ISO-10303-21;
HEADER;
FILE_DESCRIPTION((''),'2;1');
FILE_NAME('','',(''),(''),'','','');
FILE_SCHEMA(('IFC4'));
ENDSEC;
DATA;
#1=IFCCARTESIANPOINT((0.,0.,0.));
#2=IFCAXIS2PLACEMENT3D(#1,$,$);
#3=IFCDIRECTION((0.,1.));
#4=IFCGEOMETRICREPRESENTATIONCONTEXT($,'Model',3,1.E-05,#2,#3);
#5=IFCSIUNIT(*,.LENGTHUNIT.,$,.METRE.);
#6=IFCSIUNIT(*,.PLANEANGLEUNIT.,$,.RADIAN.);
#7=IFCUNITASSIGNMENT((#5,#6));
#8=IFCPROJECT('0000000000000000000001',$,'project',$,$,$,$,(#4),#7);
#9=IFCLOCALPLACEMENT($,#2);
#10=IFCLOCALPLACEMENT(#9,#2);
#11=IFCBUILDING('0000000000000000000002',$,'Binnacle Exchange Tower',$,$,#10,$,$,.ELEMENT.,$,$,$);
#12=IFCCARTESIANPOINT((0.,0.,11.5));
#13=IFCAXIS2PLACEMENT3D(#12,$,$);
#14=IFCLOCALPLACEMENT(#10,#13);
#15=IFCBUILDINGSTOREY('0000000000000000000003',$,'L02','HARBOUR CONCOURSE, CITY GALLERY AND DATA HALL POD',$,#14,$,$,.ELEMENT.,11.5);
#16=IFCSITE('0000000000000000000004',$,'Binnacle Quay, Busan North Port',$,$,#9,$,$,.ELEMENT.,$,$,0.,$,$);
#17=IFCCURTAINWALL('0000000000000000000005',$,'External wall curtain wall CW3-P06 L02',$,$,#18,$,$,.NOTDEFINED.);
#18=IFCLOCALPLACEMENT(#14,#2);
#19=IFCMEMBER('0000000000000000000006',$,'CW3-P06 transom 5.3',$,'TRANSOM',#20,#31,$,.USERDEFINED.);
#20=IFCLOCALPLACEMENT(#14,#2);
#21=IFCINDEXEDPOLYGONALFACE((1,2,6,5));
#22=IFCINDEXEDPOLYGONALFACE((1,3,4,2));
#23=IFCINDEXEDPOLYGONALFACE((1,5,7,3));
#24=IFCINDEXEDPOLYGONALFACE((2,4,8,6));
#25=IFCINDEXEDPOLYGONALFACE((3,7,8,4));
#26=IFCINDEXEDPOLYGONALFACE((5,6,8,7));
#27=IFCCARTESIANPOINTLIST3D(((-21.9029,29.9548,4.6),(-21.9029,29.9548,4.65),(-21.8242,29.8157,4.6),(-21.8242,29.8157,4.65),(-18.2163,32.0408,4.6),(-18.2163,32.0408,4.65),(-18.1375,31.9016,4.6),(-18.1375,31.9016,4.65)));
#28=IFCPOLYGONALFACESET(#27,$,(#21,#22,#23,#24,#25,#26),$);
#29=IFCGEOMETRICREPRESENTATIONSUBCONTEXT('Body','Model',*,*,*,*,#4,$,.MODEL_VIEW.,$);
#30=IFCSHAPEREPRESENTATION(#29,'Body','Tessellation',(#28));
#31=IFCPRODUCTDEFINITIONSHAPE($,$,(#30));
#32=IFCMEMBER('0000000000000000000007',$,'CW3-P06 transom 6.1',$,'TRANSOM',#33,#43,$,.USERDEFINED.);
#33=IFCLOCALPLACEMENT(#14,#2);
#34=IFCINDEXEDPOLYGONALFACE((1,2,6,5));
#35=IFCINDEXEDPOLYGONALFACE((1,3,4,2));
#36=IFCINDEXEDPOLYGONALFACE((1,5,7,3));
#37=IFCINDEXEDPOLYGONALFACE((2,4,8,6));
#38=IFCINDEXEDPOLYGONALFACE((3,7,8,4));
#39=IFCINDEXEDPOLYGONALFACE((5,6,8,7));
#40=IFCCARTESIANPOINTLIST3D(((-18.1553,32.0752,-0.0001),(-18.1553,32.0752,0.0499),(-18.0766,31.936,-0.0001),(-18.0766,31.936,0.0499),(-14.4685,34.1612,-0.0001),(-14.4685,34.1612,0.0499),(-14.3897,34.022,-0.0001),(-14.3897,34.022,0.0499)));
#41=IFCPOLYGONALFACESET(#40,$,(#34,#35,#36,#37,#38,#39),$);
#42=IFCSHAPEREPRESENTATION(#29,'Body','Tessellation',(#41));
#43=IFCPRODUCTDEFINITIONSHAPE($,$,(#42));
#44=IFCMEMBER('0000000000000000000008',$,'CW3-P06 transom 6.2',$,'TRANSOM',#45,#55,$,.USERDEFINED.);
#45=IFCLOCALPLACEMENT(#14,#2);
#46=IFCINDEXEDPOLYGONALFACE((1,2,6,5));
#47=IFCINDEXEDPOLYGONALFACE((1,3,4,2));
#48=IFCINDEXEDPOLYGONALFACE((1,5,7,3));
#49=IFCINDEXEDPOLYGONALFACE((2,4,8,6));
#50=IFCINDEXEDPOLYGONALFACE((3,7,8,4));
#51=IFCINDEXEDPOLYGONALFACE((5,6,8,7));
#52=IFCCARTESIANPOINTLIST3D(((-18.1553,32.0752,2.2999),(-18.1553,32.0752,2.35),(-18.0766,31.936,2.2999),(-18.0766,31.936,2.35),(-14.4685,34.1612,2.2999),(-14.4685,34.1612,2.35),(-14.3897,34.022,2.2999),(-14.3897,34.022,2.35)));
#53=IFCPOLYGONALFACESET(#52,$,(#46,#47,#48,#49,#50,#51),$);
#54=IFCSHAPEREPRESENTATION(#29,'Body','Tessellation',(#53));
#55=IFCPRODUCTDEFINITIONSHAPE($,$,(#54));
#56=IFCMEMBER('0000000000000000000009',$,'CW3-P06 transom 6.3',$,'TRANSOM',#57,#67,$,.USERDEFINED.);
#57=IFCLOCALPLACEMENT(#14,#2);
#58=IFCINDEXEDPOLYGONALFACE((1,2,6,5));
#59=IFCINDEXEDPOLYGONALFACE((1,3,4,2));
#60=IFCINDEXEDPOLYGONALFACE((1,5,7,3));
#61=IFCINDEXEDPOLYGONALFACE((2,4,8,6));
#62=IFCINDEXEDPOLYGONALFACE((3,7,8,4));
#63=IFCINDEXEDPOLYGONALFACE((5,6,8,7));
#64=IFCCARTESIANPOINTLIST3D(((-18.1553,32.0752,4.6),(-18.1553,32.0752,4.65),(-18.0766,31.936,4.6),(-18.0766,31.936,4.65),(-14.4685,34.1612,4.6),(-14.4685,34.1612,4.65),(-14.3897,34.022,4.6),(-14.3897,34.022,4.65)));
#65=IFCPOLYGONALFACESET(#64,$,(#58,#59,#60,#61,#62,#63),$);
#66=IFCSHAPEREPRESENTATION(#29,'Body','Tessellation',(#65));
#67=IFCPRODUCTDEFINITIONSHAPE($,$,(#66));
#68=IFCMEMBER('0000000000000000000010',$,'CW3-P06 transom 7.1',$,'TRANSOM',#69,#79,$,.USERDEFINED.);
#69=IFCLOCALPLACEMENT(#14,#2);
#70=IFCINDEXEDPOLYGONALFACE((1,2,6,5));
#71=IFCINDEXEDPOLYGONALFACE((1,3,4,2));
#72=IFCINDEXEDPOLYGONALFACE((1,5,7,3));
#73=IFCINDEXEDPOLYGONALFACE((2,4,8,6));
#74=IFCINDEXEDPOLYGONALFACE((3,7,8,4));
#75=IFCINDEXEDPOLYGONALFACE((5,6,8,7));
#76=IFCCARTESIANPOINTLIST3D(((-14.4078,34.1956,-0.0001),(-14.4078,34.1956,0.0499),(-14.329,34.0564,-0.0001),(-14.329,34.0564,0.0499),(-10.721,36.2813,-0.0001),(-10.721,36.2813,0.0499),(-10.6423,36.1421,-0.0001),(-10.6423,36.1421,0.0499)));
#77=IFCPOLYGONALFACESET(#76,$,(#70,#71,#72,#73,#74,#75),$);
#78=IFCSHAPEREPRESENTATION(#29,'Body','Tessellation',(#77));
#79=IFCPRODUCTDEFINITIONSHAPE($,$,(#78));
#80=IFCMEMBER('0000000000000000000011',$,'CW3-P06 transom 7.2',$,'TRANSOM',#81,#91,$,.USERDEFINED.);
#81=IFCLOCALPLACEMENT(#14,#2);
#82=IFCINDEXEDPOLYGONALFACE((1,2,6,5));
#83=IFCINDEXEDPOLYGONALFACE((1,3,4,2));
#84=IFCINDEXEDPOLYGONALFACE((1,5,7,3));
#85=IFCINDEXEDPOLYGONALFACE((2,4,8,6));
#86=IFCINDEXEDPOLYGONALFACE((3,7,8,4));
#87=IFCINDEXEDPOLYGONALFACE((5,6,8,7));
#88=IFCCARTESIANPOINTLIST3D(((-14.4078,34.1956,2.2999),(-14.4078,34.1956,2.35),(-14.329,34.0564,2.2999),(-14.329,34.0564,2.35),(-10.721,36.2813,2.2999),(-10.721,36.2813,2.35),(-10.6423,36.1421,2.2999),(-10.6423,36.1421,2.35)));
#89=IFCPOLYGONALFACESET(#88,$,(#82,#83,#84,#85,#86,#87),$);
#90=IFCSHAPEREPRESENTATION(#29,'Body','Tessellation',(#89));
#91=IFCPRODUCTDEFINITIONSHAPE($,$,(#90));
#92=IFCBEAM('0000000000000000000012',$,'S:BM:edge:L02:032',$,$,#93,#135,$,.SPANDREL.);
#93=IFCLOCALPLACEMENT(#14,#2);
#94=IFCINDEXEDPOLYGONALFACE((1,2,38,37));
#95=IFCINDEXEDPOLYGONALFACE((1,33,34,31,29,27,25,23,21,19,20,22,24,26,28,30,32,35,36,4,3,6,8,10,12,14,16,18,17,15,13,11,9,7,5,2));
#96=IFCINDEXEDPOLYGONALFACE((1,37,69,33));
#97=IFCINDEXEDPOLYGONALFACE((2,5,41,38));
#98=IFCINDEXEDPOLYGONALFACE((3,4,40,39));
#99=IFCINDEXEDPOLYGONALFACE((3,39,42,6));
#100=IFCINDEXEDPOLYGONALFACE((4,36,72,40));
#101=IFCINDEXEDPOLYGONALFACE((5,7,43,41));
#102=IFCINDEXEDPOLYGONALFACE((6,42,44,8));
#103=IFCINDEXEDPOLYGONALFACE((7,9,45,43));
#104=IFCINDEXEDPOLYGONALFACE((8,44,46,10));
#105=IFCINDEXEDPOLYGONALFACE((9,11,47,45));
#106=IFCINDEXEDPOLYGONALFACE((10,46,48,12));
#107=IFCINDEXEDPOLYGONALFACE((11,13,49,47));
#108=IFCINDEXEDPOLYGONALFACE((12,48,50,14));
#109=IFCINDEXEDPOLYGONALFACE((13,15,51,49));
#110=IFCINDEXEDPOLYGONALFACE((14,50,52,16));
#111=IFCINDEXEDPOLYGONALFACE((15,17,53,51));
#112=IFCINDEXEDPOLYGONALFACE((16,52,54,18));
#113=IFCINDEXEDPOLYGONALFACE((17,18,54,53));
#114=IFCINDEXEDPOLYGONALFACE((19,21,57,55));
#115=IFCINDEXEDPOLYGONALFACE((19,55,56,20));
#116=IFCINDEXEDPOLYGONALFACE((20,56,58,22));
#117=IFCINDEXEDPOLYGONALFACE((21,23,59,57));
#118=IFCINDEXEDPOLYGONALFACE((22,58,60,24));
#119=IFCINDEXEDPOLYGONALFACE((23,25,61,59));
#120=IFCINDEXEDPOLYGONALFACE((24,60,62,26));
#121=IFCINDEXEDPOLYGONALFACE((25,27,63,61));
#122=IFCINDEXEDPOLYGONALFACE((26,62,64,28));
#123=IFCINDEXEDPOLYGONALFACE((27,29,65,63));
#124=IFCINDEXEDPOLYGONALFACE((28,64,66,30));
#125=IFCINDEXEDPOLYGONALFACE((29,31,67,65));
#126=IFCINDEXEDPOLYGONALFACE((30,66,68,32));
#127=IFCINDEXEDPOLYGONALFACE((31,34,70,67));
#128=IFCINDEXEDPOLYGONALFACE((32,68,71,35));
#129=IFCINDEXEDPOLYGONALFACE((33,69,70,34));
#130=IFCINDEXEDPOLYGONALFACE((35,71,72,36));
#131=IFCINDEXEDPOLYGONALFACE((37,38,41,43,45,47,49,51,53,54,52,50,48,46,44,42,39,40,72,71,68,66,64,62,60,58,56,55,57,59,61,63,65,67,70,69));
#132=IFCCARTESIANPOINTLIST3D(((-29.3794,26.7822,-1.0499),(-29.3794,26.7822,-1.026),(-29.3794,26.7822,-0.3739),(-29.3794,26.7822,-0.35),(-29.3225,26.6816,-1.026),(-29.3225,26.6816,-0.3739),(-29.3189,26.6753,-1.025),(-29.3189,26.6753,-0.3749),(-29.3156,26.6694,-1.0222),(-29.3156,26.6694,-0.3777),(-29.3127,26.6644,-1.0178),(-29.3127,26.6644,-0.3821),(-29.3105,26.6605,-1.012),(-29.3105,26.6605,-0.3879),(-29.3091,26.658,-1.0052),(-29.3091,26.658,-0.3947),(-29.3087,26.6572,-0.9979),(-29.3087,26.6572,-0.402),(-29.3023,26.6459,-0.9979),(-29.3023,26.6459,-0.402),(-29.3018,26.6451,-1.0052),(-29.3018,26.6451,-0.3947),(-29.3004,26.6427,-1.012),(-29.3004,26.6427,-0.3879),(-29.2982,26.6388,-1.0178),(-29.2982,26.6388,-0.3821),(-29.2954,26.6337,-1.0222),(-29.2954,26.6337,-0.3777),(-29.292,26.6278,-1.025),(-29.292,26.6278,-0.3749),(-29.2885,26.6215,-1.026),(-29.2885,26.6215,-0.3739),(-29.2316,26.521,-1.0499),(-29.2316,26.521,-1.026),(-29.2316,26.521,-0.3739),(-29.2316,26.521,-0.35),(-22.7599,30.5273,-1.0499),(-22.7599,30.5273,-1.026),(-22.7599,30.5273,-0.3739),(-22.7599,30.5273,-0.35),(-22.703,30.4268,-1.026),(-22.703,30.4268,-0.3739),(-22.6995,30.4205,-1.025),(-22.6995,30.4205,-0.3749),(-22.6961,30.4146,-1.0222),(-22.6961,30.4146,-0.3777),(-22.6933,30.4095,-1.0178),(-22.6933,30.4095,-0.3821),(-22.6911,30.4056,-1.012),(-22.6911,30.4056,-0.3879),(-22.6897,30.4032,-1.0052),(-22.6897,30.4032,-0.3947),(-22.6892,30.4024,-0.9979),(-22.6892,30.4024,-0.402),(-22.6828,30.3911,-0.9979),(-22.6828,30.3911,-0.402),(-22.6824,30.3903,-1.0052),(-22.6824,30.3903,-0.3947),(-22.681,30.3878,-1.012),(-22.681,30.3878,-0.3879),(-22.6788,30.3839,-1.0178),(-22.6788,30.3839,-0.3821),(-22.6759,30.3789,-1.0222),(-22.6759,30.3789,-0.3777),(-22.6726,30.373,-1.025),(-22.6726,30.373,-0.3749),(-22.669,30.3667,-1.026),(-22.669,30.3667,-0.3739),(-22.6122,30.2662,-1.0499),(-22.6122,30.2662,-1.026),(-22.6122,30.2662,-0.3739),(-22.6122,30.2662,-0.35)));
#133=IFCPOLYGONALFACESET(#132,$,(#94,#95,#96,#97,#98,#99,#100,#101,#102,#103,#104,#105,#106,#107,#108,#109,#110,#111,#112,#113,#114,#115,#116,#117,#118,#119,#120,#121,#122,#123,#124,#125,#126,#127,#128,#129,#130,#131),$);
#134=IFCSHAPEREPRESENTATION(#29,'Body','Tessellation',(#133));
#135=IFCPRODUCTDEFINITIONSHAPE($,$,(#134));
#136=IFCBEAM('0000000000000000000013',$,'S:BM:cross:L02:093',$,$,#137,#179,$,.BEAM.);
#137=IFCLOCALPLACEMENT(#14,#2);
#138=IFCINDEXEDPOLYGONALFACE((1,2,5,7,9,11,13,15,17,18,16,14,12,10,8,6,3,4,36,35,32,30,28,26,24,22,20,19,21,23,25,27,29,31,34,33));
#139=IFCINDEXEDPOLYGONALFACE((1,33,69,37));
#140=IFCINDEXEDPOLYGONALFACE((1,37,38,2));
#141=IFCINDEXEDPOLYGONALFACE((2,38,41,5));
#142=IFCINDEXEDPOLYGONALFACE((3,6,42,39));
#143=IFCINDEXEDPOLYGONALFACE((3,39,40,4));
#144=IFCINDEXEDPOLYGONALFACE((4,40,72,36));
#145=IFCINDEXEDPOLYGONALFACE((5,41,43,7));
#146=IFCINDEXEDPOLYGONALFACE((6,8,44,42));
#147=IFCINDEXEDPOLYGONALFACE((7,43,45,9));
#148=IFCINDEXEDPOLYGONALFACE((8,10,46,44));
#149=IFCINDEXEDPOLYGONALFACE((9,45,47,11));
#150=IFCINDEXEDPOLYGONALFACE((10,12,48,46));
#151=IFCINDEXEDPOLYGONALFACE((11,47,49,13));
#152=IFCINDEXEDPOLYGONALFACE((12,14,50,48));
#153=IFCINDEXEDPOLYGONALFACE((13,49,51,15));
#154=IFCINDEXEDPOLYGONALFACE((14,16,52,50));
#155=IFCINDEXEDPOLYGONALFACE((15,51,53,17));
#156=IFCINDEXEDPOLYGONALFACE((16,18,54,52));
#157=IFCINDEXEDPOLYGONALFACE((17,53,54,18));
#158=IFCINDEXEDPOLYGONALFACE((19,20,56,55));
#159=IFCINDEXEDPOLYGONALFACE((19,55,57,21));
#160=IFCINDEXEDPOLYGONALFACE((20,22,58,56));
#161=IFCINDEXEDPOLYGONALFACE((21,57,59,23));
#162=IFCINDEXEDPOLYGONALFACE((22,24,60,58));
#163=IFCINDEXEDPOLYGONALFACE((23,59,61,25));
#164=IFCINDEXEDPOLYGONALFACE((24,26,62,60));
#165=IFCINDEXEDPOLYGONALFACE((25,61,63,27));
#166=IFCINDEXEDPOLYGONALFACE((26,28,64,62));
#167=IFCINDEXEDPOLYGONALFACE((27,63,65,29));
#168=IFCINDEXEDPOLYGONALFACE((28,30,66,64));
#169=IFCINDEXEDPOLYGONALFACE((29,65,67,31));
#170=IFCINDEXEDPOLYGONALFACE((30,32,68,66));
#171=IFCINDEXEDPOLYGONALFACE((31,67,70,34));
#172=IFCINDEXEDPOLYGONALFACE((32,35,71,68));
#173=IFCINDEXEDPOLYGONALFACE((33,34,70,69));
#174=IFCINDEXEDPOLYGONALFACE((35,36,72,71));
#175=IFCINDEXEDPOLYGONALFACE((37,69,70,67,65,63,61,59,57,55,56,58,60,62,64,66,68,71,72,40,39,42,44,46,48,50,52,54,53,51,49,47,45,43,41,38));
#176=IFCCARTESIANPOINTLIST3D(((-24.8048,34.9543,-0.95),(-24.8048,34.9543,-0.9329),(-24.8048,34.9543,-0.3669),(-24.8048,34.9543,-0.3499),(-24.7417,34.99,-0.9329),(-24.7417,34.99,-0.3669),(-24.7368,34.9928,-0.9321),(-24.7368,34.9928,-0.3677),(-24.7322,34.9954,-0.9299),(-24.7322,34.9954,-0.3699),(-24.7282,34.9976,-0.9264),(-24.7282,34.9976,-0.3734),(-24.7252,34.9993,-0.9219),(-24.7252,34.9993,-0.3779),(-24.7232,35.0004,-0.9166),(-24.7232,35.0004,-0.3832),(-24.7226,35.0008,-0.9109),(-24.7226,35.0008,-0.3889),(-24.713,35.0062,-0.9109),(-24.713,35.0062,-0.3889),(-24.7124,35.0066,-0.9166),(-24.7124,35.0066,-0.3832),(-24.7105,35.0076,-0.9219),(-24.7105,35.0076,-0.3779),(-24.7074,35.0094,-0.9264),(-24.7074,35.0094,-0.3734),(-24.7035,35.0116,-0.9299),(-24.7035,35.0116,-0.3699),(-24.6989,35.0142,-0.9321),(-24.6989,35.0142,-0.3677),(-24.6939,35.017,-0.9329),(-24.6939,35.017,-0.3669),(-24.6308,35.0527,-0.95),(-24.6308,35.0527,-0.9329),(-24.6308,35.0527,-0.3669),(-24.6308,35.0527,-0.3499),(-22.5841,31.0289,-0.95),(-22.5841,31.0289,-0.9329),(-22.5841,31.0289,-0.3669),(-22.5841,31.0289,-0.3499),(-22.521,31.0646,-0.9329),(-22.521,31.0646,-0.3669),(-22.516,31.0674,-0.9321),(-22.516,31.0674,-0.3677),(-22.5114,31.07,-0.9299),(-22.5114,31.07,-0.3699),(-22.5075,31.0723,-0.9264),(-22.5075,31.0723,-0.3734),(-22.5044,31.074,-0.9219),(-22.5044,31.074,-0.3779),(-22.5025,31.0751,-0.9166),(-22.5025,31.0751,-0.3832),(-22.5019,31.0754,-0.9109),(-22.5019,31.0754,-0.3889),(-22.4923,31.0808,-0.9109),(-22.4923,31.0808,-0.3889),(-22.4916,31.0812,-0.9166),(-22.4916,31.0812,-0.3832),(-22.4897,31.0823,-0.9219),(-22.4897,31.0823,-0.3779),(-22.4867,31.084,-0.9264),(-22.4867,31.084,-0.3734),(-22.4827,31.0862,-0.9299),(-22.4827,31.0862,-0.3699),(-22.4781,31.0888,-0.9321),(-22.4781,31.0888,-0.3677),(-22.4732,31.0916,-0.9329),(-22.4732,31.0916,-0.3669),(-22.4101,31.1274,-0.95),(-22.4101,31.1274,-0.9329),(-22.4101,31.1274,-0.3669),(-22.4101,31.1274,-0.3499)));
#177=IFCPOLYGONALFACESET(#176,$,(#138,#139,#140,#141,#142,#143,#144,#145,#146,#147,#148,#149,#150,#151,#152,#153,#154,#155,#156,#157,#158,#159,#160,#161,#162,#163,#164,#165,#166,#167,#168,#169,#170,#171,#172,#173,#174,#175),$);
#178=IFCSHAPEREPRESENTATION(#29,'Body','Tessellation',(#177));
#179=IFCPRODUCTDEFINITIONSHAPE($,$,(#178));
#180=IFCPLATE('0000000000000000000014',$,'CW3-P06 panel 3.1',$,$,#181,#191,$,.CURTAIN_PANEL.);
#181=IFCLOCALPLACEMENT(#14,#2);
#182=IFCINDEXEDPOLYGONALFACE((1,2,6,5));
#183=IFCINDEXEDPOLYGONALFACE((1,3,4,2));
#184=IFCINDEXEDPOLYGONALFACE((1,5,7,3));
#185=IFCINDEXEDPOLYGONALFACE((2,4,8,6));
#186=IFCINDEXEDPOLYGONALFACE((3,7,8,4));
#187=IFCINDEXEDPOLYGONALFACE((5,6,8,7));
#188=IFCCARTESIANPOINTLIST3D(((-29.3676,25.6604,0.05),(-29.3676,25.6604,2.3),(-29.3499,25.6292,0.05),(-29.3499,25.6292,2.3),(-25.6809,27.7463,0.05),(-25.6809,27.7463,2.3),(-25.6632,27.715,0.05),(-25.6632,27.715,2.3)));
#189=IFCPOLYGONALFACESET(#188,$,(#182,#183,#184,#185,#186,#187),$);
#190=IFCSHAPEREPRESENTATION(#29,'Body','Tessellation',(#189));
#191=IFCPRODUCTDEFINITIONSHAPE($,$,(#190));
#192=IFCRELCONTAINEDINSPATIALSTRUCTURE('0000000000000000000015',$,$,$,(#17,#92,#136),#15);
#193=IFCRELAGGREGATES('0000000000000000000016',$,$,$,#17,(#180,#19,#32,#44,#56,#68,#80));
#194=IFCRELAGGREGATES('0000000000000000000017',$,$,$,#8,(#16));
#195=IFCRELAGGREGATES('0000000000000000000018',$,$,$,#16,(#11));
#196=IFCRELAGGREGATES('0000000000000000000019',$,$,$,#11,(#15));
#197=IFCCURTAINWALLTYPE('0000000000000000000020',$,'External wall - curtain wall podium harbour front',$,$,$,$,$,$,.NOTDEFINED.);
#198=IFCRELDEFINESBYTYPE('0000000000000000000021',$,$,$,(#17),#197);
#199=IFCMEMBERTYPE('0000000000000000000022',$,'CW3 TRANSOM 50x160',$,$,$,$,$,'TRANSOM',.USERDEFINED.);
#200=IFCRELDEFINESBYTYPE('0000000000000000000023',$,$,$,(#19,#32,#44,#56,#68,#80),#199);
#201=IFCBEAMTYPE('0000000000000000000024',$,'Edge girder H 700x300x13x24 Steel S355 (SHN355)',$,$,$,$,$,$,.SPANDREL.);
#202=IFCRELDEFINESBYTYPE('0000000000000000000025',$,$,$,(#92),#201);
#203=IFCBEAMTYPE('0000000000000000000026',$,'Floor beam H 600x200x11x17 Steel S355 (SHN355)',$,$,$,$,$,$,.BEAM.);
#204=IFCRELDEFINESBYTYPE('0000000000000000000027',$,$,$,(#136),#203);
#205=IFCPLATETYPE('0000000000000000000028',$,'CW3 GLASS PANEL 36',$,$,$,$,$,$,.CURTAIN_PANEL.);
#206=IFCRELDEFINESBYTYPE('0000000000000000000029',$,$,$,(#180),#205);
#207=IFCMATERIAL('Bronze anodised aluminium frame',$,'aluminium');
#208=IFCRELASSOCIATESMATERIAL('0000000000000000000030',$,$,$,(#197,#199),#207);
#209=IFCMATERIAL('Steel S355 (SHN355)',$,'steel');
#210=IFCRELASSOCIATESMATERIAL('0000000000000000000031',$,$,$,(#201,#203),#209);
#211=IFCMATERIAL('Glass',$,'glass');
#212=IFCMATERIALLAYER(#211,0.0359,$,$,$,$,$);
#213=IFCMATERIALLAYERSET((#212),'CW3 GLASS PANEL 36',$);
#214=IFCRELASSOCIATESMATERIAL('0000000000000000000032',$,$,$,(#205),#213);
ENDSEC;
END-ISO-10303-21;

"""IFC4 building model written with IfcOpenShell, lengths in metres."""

from ifc_helpers import new_model, si_unit, direction, frame, origin, origin_2d, place, context, subcontext, project, spatial, rectangle, i_section, extrude, material, layer, layer_set, material_profile, profile_set, type_object, element, aggregate, save


model = new_model("IFC4")

# Units and contexts
model_context = context("Model", 3, precision=1e-05, world=origin(), true_north=direction((0.0, 1.0)))
body_context = subcontext(model_context, "Body", "Model", "MODEL_VIEW")
ifc_project = project(units=[si_unit("LENGTHUNIT", "METRE"), si_unit("PLANEANGLEUNIT", "RADIAN")], contexts=[model_context])

# Site, building, storey
site_placement = place(None, origin())
site = spatial("IfcSite", under=ifc_project, at=site_placement, Name="Binnacle Quay, Busan North Port", CompositionType="ELEMENT", RefElevation=0.0)
building_placement = place(site_placement, origin())
building = spatial("IfcBuilding", under=site, at=building_placement, Name="Binnacle Exchange Tower", CompositionType="ELEMENT")
storey_placement = place(building_placement, frame((0.0, 0.0, 11.5)))
storey = spatial("IfcBuildingStorey", under=building, at=storey_placement, Name="L02", Description="HARBOUR CONCOURSE, CITY GALLERY AND DATA HALL POD", CompositionType="ELEMENT", Elevation=11.5)

# Curtain wall, members
ifc_material_1 = material(Name="Bronze anodised aluminium frame", Category="aluminium")
curtain_wall_type = type_object("IfcCurtainWallType", Name="External wall - curtain wall podium harbour front", PredefinedType="NOTDEFINED", material=ifc_material_1)
curtain_wall_placement = place(storey_placement, origin())
curtain_wall = element("IfcCurtainWall", 1, at=curtain_wall_placement, inside=storey, type_object=curtain_wall_type, Name="External wall curtain wall CW3-P06 L02", PredefinedType="NOTDEFINED")
ifc_material_profile_1 = material_profile(ifc_material_1, rectangle(XDim=0.1599, YDim=0.05, at=origin_2d()), Name="AL 160x50")
ifc_profile_set_1 = profile_set([ifc_material_profile_1], Name="Bronze anodised aluminium frame")
member_type_1 = type_object("IfcMemberType", Name="CW3 TRANSOM 50x160", ElementType="TRANSOM", PredefinedType="USERDEFINED", material=ifc_profile_set_1)
member_1_placement = place(storey_placement, frame((-21.8635, 29.8853, 4.625), z_axis=(0.870335, 0.49246, 0.0), x_axis=(-0.49246, 0.870335, 0.0)))
member_1 = element("IfcMember", 2, at=member_1_placement, type_object=member_type_1, Name="CW3-P06 transom 5.3", ObjectType="TRANSOM", PredefinedType="USERDEFINED", context=body_context, shape_type="SweptSolid", body=[
    extrude(rectangle(XDim=0.1599, YDim=0.05, at=origin_2d()), origin(), (0.0, 0.0, 1.0), 4.2358),
])
member_2_placement = place(storey_placement, frame((-18.116, 32.0056, 0.0249), z_axis=(0.870349, 0.492435, 0.0), x_axis=(-0.492435, 0.870349, 0.0)))
member_2 = element("IfcMember", 3, at=member_2_placement, type_object=member_type_1, Name="CW3-P06 transom 6.1", ObjectType="TRANSOM", PredefinedType="USERDEFINED", context=body_context, shape_type="SweptSolid", body=[
    extrude(rectangle(XDim=0.1599, YDim=0.05, at=origin_2d()), origin(), (0.0, 0.0, 1.0), 4.2361),
])
member_3_placement = place(storey_placement, frame((-18.116, 32.0056, 2.325), z_axis=(0.870349, 0.492435, 0.0), x_axis=(-0.492435, 0.870349, 0.0)))
member_3 = element("IfcMember", 4, at=member_3_placement, type_object=member_type_1, Name="CW3-P06 transom 6.2", ObjectType="TRANSOM", PredefinedType="USERDEFINED", context=body_context, shape_type="SweptSolid", body=[
    extrude(rectangle(XDim=0.1599, YDim=0.05, at=origin_2d()), origin(), (0.0, 0.0, 1.0), 4.2361),
])
member_4_placement = place(storey_placement, frame((-18.116, 32.0056, 4.625), z_axis=(0.870349, 0.492435, 0.0), x_axis=(-0.492435, 0.870349, 0.0)))
member_4 = element("IfcMember", 5, at=member_4_placement, type_object=member_type_1, Name="CW3-P06 transom 6.3", ObjectType="TRANSOM", PredefinedType="USERDEFINED", context=body_context, shape_type="SweptSolid", body=[
    extrude(rectangle(XDim=0.1599, YDim=0.05, at=origin_2d()), origin(), (0.0, 0.0, 1.0), 4.2361),
])
member_5_placement = place(storey_placement, frame((-14.3684, 34.126, 0.0249), z_axis=(0.870374, 0.492391, 0.0), x_axis=(-0.492391, 0.870374, 0.0)))
member_5 = element("IfcMember", 6, at=member_5_placement, type_object=member_type_1, Name="CW3-P06 transom 7.1", ObjectType="TRANSOM", PredefinedType="USERDEFINED", context=body_context, shape_type="SweptSolid", body=[
    extrude(rectangle(XDim=0.1599, YDim=0.05, at=origin_2d()), origin(), (0.0, 0.0, 1.0), 4.2358),
])
member_6_placement = place(storey_placement, frame((-14.3684, 34.126, 2.325), z_axis=(0.870374, 0.492391, 0.0), x_axis=(-0.492391, 0.870374, 0.0)))
member_6 = element("IfcMember", 7, at=member_6_placement, type_object=member_type_1, Name="CW3-P06 transom 7.2", ObjectType="TRANSOM", PredefinedType="USERDEFINED", context=body_context, shape_type="SweptSolid", body=[
    extrude(rectangle(XDim=0.1599, YDim=0.05, at=origin_2d()), origin(), (0.0, 0.0, 1.0), 4.2358),
])

# Beams
ifc_material_2 = material(Name="Steel S355 (SHN355)", Category="steel")
ifc_material_profile_2 = material_profile(ifc_material_2, i_section(OverallWidth=0.3, OverallDepth=0.7, WebThickness=0.0129, FlangeThickness=0.0239, FilletRadius=0.0281, at=origin_2d()), Name="H 700x300x13x24")
ifc_profile_set_2 = profile_set([ifc_material_profile_2], Name="Steel S355 (SHN355)")
beam_type_1 = type_object("IfcBeamType", Name="Edge girder H 700x300x13x24 Steel S355 (SHN355)", PredefinedType="SPANDREL", material=ifc_profile_set_2)
beam_1_placement = place(storey_placement, frame((-22.686, 30.3967, -0.7), z_axis=(-0.870353, -0.492428, 0.0), x_axis=(0.492428, -0.870353, 0.0)))
element("IfcBeam", 8, at=beam_1_placement, inside=storey, type_object=beam_type_1, Name="S:BM:edge:L02:032", PredefinedType="SPANDREL", context=body_context, shape_type="SweptSolid", body=[
    extrude(i_section(OverallWidth=0.3, OverallDepth=0.7, WebThickness=0.0129, FlangeThickness=0.0239, FilletRadius=0.0281, at=origin_2d()), origin(), (0.0, 0.0, 1.0), 7.6055),
])
ifc_material_profile_3 = material_profile(ifc_material_2, i_section(OverallWidth=0.2, OverallDepth=0.6001, WebThickness=0.011, FlangeThickness=0.0171, FilletRadius=0.022, at=origin_2d()), Name="H 600x200x11x17")
ifc_profile_set_3 = profile_set([ifc_material_profile_3], Name="Steel S355 (SHN355)")
beam_type_2 = type_object("IfcBeamType", Name="Floor beam H 600x200x11x17 Steel S355 (SHN355)", PredefinedType="BEAM", material=ifc_profile_set_3)
beam_2_placement = place(storey_placement, frame((-22.4971, 31.0781, -0.6499), z_axis=(-0.492403, 0.870367, 0.0), x_axis=(-0.870367, -0.492403, 0.0)))
element("IfcBeam", 9, at=beam_2_placement, inside=storey, type_object=beam_type_2, Name="S:BM:cross:L02:093", PredefinedType="BEAM", context=body_context, shape_type="SweptSolid", body=[
    extrude(i_section(OverallWidth=0.2, OverallDepth=0.6001, WebThickness=0.011, FlangeThickness=0.0171, FilletRadius=0.022, at=origin_2d()), origin(), (0.0, 0.0, 1.0), 4.51),
])

# Plate
ifc_material_3 = material(Name="Glass", Category="glass")
ifc_layer_1 = layer(ifc_material_3, 0.0359)
ifc_layer_set_1 = layer_set([ifc_layer_1], Name="CW3 GLASS PANEL 36")
plate_type = type_object("IfcPlateType", Name="CW3 GLASS PANEL 36", PredefinedType="CURTAIN_PANEL", material=ifc_layer_set_1)
plate_1_placement = place(storey_placement, frame((-27.5154, 26.6877, 0.05), z_axis=(0.0, 0.0, 1.0), x_axis=(0.870356, 0.492424, 0.0)))
plate_1 = element("IfcPlate", 10, at=plate_1_placement, type_object=plate_type, Name="CW3-P06 panel 3.1", PredefinedType="CURTAIN_PANEL", context=body_context, shape_type="SweptSolid", body=[
    extrude(rectangle(XDim=4.2358, YDim=0.0359, at=origin_2d()), origin(), (0.0, 0.0, 1.0), 2.25),
])
aggregate(curtain_wall, [plate_1, member_1, member_2, member_3, member_4, member_5, member_6])

save(model, "model.ifc")
